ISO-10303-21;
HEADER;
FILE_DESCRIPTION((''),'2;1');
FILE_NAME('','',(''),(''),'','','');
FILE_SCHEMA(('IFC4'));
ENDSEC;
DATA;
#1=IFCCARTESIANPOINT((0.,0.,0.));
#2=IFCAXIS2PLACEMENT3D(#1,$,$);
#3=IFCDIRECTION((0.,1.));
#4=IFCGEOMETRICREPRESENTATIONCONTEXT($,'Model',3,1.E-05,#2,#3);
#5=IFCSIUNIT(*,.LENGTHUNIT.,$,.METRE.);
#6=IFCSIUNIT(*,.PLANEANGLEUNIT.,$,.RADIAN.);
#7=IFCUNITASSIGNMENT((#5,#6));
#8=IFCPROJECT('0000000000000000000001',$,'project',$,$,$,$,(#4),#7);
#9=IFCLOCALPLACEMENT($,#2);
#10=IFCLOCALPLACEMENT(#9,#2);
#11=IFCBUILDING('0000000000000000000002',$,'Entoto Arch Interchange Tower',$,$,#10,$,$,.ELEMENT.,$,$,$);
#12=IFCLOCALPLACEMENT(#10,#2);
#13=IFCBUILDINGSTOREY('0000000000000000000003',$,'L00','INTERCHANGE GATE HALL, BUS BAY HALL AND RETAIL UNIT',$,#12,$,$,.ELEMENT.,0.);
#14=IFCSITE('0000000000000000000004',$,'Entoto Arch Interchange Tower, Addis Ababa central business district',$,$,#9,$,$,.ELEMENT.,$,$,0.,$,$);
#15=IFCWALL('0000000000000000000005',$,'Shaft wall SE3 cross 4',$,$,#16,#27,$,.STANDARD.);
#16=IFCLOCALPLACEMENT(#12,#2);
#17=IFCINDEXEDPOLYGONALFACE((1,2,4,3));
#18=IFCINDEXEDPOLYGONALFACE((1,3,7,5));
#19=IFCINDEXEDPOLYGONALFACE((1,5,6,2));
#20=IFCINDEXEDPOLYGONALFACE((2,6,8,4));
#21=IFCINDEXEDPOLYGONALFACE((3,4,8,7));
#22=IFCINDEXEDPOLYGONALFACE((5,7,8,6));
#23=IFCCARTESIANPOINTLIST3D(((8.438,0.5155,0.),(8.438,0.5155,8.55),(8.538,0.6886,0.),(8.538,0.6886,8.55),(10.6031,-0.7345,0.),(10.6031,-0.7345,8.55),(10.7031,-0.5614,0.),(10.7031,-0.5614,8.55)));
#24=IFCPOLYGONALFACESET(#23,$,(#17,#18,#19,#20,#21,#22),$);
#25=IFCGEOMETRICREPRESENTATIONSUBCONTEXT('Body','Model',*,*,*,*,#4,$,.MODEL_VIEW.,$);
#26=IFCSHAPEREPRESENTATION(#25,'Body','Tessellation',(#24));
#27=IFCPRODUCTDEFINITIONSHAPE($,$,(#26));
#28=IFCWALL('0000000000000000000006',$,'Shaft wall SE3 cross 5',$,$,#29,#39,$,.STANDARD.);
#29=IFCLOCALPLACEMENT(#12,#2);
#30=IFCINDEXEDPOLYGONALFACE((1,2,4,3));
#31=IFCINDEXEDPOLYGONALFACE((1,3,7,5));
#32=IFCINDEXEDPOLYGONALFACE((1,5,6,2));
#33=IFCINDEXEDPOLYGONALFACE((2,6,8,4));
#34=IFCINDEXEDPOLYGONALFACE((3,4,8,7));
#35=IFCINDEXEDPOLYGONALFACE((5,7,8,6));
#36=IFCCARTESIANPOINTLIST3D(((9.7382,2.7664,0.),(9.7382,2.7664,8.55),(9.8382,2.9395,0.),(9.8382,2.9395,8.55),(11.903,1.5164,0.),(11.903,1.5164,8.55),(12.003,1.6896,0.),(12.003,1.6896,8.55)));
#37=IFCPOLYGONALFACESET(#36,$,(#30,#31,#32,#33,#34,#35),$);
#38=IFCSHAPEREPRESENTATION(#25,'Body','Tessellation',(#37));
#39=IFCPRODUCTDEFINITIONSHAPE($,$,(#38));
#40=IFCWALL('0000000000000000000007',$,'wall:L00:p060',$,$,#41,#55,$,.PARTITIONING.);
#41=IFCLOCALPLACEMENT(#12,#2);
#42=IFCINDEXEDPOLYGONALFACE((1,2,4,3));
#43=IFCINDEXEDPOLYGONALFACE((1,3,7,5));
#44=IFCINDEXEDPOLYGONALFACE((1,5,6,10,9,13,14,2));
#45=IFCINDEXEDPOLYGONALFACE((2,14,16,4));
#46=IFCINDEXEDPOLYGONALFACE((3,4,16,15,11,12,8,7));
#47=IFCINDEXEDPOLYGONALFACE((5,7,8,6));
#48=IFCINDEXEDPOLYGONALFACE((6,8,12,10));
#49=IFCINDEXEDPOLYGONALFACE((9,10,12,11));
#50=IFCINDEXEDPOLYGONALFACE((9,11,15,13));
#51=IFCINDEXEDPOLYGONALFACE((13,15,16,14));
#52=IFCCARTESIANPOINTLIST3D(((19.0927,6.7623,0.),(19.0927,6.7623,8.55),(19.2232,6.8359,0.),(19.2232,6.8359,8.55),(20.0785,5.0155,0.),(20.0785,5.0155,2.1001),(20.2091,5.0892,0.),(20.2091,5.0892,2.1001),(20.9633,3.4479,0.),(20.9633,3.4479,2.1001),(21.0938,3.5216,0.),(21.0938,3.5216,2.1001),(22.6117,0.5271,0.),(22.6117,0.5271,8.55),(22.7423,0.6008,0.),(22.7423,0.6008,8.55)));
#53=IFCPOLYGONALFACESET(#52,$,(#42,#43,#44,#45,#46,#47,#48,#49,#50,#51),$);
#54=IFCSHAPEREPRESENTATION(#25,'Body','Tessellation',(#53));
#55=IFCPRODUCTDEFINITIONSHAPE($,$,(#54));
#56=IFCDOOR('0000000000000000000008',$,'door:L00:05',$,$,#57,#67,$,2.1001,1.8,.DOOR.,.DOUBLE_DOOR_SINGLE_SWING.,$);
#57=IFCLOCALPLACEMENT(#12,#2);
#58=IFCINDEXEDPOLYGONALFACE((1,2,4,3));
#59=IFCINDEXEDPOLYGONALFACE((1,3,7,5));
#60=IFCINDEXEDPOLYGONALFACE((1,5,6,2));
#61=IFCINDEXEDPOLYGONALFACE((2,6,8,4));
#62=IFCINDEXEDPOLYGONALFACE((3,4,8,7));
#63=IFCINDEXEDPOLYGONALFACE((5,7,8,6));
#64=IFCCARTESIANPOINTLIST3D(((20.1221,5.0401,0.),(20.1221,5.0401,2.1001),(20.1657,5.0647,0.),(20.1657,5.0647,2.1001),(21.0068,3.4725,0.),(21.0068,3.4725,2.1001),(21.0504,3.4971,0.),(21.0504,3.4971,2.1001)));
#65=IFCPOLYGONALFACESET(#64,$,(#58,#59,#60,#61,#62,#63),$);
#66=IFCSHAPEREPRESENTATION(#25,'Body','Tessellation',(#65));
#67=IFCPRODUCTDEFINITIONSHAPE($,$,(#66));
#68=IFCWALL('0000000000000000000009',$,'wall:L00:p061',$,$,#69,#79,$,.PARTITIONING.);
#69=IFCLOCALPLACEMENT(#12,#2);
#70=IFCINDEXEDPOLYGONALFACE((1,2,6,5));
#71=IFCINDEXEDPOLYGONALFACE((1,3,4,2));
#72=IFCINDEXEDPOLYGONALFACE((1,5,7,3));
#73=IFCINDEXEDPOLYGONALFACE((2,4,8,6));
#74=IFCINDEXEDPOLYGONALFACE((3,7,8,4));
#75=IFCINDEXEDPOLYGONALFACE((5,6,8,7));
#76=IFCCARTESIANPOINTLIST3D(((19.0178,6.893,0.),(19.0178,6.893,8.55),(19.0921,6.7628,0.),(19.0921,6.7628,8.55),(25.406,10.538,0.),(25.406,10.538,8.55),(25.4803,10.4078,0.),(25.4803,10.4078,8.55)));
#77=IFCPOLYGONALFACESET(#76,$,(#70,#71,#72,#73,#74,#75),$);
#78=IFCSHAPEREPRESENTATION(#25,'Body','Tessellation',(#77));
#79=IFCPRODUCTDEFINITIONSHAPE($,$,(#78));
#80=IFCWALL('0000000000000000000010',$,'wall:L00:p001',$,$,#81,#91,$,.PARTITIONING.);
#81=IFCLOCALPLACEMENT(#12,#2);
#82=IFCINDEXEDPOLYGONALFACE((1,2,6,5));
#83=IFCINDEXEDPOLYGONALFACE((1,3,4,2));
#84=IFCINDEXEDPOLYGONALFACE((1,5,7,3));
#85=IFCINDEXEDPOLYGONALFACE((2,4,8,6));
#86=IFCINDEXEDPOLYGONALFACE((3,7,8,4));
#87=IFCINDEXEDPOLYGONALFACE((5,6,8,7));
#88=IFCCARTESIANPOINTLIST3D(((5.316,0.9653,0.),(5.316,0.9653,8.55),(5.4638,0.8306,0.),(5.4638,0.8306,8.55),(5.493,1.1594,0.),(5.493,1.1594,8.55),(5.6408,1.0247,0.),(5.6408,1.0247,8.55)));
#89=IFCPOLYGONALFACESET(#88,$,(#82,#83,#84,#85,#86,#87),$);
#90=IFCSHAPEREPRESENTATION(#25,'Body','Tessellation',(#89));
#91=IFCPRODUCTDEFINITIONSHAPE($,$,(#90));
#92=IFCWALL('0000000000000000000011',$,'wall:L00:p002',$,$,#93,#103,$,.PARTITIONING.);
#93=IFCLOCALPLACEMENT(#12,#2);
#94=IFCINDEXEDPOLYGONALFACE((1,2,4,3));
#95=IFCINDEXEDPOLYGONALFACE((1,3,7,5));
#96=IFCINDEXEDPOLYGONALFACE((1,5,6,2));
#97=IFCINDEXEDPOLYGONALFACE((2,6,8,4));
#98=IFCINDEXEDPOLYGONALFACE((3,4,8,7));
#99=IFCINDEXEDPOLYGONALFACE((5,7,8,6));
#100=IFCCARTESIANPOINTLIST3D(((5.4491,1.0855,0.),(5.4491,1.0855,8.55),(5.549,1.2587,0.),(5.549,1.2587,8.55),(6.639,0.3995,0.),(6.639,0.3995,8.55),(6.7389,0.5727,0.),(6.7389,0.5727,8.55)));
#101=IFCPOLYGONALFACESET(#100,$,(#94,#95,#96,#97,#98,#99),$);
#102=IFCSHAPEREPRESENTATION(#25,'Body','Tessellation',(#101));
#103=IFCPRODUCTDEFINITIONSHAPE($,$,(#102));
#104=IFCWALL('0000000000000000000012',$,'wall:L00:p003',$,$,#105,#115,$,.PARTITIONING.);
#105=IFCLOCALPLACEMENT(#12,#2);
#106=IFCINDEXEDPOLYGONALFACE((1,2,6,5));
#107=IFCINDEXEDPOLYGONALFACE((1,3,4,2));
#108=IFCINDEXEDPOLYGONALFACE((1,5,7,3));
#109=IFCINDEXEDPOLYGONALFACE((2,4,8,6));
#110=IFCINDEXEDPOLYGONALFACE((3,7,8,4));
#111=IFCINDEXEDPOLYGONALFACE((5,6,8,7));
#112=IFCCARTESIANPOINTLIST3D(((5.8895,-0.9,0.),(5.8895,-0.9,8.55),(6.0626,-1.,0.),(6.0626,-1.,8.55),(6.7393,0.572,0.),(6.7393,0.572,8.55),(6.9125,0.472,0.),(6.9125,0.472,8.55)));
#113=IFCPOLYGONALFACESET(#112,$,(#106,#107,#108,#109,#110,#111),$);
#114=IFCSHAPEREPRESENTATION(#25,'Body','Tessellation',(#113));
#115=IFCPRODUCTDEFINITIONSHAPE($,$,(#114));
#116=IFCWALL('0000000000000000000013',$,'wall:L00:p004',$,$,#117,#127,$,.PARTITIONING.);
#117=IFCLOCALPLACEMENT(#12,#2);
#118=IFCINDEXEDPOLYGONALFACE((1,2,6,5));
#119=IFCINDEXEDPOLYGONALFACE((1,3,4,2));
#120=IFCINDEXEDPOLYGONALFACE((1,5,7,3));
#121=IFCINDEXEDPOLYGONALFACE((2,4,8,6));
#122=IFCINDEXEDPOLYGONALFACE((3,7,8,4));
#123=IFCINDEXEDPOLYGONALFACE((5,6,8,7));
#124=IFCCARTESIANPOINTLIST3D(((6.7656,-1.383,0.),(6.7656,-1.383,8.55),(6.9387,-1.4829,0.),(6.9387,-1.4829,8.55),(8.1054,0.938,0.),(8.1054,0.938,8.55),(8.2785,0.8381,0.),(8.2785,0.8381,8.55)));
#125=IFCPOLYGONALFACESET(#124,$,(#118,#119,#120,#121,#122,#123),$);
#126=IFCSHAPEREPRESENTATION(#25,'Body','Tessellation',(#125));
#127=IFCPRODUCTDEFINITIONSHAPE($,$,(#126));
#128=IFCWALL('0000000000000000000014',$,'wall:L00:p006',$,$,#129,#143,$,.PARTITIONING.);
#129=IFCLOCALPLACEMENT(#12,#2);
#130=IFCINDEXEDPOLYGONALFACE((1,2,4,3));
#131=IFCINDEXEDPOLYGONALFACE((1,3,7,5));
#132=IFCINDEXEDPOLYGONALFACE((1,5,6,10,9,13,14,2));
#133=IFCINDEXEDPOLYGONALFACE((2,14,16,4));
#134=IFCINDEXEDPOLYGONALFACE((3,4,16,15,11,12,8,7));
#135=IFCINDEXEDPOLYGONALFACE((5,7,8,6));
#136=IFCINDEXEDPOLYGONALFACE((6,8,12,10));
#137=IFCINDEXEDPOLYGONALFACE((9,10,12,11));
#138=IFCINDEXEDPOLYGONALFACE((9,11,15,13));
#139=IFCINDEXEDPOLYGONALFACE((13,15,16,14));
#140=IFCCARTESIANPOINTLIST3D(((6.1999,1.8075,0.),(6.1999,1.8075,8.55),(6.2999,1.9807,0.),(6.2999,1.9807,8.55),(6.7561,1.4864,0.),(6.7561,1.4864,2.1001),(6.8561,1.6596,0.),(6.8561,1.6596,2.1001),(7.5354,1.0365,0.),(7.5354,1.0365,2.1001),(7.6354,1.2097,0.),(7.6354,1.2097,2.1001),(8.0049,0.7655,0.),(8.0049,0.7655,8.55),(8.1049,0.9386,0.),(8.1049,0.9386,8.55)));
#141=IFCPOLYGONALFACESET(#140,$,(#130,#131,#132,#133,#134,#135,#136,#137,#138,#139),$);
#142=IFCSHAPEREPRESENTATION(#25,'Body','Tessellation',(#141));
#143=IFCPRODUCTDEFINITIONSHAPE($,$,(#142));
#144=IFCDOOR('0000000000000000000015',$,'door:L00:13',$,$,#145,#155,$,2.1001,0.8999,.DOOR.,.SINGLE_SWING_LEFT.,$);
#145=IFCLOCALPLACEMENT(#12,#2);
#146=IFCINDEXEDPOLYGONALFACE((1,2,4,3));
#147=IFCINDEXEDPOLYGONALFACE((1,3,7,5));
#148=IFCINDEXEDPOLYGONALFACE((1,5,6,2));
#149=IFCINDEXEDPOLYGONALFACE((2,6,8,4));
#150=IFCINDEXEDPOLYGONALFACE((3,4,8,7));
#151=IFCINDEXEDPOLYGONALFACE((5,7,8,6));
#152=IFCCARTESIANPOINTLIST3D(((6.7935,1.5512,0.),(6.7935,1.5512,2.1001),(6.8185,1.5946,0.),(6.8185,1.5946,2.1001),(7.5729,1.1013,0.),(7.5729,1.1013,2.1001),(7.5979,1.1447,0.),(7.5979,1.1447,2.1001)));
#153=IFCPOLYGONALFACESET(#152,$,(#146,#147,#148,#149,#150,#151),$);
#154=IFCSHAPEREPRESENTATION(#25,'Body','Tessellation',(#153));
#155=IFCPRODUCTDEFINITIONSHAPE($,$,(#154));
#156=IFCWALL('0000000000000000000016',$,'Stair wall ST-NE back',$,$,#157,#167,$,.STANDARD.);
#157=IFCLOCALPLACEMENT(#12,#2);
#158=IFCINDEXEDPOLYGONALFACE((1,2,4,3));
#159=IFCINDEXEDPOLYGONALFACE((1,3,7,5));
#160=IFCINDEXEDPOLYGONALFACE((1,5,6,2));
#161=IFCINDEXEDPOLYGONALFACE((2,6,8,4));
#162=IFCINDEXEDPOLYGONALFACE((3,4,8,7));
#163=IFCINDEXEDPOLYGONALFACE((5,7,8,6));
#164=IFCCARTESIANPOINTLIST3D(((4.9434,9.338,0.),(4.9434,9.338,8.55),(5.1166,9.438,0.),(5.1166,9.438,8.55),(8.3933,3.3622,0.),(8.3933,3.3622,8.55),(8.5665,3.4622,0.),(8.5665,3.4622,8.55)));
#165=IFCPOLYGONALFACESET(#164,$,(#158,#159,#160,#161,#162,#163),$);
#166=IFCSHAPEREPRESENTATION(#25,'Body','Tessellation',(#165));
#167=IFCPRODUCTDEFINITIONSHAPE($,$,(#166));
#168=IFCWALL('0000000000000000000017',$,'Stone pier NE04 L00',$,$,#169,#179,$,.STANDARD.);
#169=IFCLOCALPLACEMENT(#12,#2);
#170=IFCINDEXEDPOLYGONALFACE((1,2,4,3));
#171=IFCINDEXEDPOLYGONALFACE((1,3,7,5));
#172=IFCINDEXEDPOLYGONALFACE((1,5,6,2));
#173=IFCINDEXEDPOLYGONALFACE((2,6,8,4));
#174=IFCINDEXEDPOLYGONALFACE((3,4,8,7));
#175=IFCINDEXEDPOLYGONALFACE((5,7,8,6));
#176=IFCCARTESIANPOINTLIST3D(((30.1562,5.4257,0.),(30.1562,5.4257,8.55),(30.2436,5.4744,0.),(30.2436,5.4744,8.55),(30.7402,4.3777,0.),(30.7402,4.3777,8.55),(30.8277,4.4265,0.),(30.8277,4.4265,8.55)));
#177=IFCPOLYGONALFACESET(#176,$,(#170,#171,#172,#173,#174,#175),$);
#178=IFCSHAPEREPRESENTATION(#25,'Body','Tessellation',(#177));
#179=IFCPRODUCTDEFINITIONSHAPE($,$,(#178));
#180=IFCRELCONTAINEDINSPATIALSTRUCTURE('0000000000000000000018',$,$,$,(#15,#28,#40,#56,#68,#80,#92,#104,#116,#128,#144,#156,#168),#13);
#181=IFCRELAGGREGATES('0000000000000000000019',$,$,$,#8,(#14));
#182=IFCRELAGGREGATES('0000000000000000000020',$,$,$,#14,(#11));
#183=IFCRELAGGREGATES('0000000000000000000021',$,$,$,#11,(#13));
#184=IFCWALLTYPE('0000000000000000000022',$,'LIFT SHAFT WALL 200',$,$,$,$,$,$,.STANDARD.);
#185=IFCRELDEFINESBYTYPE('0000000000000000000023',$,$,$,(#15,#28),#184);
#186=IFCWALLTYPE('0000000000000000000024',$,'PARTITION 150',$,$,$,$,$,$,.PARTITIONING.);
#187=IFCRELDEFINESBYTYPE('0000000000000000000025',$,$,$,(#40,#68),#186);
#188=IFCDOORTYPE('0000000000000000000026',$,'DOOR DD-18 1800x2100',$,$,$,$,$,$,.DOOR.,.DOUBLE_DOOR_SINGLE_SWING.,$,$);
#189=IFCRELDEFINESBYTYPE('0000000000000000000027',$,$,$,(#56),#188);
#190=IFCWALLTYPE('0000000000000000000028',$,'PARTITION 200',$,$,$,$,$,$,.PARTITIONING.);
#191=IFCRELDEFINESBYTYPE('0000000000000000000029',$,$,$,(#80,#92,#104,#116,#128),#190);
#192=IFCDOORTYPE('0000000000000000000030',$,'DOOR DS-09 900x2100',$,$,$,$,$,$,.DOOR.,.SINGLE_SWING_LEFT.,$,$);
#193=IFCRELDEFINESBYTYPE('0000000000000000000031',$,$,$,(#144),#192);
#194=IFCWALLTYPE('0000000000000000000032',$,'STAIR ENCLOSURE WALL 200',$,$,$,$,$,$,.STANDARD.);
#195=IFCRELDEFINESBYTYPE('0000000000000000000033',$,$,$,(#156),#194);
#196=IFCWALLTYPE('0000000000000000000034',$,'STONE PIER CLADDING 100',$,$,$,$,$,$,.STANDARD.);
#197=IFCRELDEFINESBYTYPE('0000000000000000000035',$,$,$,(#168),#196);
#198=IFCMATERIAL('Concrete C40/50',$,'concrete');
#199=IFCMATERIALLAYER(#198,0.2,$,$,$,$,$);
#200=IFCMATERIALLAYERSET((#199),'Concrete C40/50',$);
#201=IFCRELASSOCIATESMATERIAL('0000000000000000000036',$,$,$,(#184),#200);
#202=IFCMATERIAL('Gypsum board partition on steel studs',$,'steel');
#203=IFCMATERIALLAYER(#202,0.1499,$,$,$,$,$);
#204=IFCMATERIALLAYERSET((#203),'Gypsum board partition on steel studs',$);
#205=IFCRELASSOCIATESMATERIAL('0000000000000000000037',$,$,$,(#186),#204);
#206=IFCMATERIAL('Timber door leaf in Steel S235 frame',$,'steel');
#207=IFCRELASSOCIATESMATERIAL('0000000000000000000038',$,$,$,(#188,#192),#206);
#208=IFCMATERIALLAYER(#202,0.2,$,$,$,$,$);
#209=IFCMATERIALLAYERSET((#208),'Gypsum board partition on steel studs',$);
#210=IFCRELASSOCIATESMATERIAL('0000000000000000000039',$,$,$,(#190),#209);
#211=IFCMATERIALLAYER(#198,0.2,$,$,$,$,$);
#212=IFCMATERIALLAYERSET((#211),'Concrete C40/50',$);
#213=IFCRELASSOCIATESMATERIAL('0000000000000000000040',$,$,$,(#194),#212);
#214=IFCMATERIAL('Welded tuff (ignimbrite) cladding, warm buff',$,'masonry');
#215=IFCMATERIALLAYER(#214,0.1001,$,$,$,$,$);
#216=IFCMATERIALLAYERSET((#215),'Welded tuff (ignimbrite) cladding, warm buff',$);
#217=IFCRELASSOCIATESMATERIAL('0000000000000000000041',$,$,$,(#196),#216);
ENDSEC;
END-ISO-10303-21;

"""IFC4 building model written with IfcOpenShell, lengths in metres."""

from ifc_helpers import new_model, si_unit, direction, frame, frame_2d, origin, place, context, subcontext, project, spatial, rectangle, extrude, material, layer, layer_set, type_object, element, fill, save


model = new_model("IFC4")

# Units and contexts
model_context = context("Model", 3, precision=1e-05, world=origin(), true_north=direction((0.0, 1.0)))
body_context = subcontext(model_context, "Body", "Model", "MODEL_VIEW")
ifc_project = project(units=[si_unit("LENGTHUNIT", "METRE"), si_unit("PLANEANGLEUNIT", "RADIAN")], contexts=[model_context])

# Site, building, storey
site_placement = place(None, origin())
site = spatial("IfcSite", under=ifc_project, at=site_placement, Name="Entoto Arch Interchange Tower, Addis Ababa central business district", CompositionType="ELEMENT", RefElevation=0.0)
building_placement = place(site_placement, origin())
building = spatial("IfcBuilding", under=site, at=building_placement, Name="Entoto Arch Interchange Tower", CompositionType="ELEMENT")
storey_placement = place(building_placement, origin())
storey = spatial("IfcBuildingStorey", under=building, at=storey_placement, Name="L00", Description="INTERCHANGE GATE HALL, BUS BAY HALL AND RETAIL UNIT", CompositionType="ELEMENT", Elevation=0.0)

# Walls
ifc_material_1 = material(Name="Concrete C40/50", Category="concrete")
ifc_layer_1 = layer(ifc_material_1, 0.2)
ifc_layer_set_1 = layer_set([ifc_layer_1], Name="Concrete C40/50")
wall_type_1 = type_object("IfcWallType", Name="LIFT SHAFT WALL 200", PredefinedType="STANDARD", material=ifc_layer_set_1)
wall_1_placement = place(storey_placement, frame((8.488, 0.6021, 0.0), z_axis=(0.0, 0.0, 1.0), x_axis=(0.866023, -0.500004, 0.0)))
element("IfcWall", 1, at=wall_1_placement, inside=storey, type_object=wall_type_1, Name="Shaft wall SE3 cross 4", PredefinedType="STANDARD", context=body_context, shape_type="SweptSolid", body=[
    extrude(rectangle(XDim=2.5, YDim=0.2, at=frame_2d((1.25, 0.0))), origin(), (0.0, 0.0, 1.0), 8.55),
])
wall_2_placement = place(storey_placement, frame((9.7881, 2.853, 0.0), z_axis=(0.0, 0.0, 1.0), x_axis=(0.865999, -0.500047, 0.0)))
element("IfcWall", 2, at=wall_2_placement, inside=storey, type_object=wall_type_1, Name="Shaft wall SE3 cross 5", PredefinedType="STANDARD", context=body_context, shape_type="SweptSolid", body=[
    extrude(rectangle(XDim=2.4998, YDim=0.2, at=frame_2d((1.25, 0.0))), origin(), (0.0, 0.0, 1.0), 8.55),
])

# Wall, opening, door
ifc_material_2 = material(Name="Gypsum board partition on steel studs", Category="steel")
ifc_layer_2 = layer(ifc_material_2, 0.1499)
ifc_layer_set_2 = layer_set([ifc_layer_2], Name="Gypsum board partition on steel studs")
wall_type_2 = type_object("IfcWallType", Name="PARTITION 150", PredefinedType="PARTITIONING", material=ifc_layer_set_2)
wall_3_placement = place(storey_placement, frame((22.677, 0.564, 0.0), z_axis=(0.0, 0.0, 1.0), x_axis=(-0.491512, 0.870871, 0.0)))
wall_3 = element("IfcWall", 3, at=wall_3_placement, inside=storey, type_object=wall_type_2, Name="wall:L00:p060", PredefinedType="PARTITIONING", context=body_context, shape_type="SweptSolid", body=[
    extrude(rectangle(XDim=7.1597, YDim=0.1499, at=frame_2d((3.5798, 0.0))), origin(), (0.0, 0.0, 1.0), 8.55),
])
opening_1_placement = place(wall_3_placement, frame((3.354, 0.0, 0.0)))
opening_1 = element("IfcOpeningElement", 4, at=opening_1_placement, cuts=wall_3, PredefinedType="OPENING", context=body_context, shape_type="SweptSolid", body=[
    extrude(rectangle(XDim=1.8, YDim=2.1001, at=frame_2d((0.8999, 1.05))), frame((0.0, 0.085, 0.0), z_axis=(0.0, -1.0, 0.0), x_axis=(1.0, 0.0, 0.0)), (0.0, 0.0, 1.0), 0.1699),
])
ifc_material_3 = material(Name="Timber door leaf in Steel S235 frame", Category="steel")
door_type_1 = type_object("IfcDoorType", Name="DOOR DD-18 1800x2100", OperationType="DOUBLE_DOOR_SINGLE_SWING", PredefinedType="DOOR", material=ifc_material_3)
door_1_placement = place(opening_1_placement, origin())
door_1 = element("IfcDoor", 5, at=door_1_placement, inside=storey, type_object=door_type_1, Name="door:L00:05", OperationType="DOUBLE_DOOR_SINGLE_SWING", OverallHeight=2.1001, OverallWidth=1.8, PredefinedType="DOOR", context=body_context, shape_type="SweptSolid", body=[
    extrude(rectangle(XDim=1.8, YDim=2.1001, at=frame_2d((0.8999, 1.05))), frame((0.0, 0.0249, 0.0), z_axis=(0.0, -1.0, 0.0), x_axis=(1.0, 0.0, 0.0)), (0.0, 0.0, 1.0), 0.05),
])
fill(opening_1, door_1)

# Walls
wall_4_placement = place(storey_placement, frame((19.0549, 6.8279, 0.0), z_axis=(0.0, 0.0, 1.0), x_axis=(0.868558, 0.495588, 0.0)))
element("IfcWall", 6, at=wall_4_placement, inside=storey, type_object=wall_type_2, Name="wall:L00:p061", PredefinedType="PARTITIONING", context=body_context, shape_type="SweptSolid", body=[
    extrude(rectangle(XDim=7.355, YDim=0.1499, at=frame_2d((3.6775, 0.0))), origin(), (0.0, 0.0, 1.0), 8.55),
])
ifc_layer_3 = layer(ifc_material_2, 0.2)
ifc_layer_set_3 = layer_set([ifc_layer_3], Name="Gypsum board partition on steel studs")
wall_type_3 = type_object("IfcWallType", Name="PARTITION 200", PredefinedType="PARTITIONING", material=ifc_layer_set_3)
wall_5_placement = place(storey_placement, frame((5.3899, 0.8979, 0.0), z_axis=(0.0, 0.0, 1.0), x_axis=(0.673828, 0.738888, 0.0)))
element("IfcWall", 7, at=wall_5_placement, inside=storey, type_object=wall_type_3, Name="wall:L00:p001", PredefinedType="PARTITIONING", context=body_context, shape_type="SweptSolid", body=[
    extrude(rectangle(XDim=0.2627, YDim=0.2, at=frame_2d((0.1313, 0.0))), origin(), (0.0, 0.0, 1.0), 8.55),
])
wall_6_placement = place(storey_placement, frame((5.499, 1.1721, 0.0), z_axis=(0.0, 0.0, 1.0), x_axis=(0.866334, -0.499466, 0.0)))
element("IfcWall", 8, at=wall_6_placement, inside=storey, type_object=wall_type_3, Name="wall:L00:p002", PredefinedType="PARTITIONING", context=body_context, shape_type="SweptSolid", body=[
    extrude(rectangle(XDim=1.3735, YDim=0.2, at=frame_2d((0.6868, 0.0))), origin(), (0.0, 0.0, 1.0), 8.55),
])
wall_7_placement = place(storey_placement, frame((6.8259, 0.522, 0.0), z_axis=(0.0, 0.0, 1.0), x_axis=(-0.500017, -0.866016, 0.0)))
element("IfcWall", 9, at=wall_7_placement, inside=storey, type_object=wall_type_3, Name="wall:L00:p003", PredefinedType="PARTITIONING", context=body_context, shape_type="SweptSolid", body=[
    extrude(rectangle(XDim=1.6997, YDim=0.2, at=frame_2d((0.8499, 0.0))), origin(), (0.0, 0.0, 1.0), 8.55),
])
wall_8_placement = place(storey_placement, frame((8.1919, 0.8879, 0.0), z_axis=(0.0, 0.0, 1.0), x_axis=(-0.499941, -0.86606, 0.0)))
element("IfcWall", 10, at=wall_8_placement, inside=storey, type_object=wall_type_3, Name="wall:L00:p004", PredefinedType="PARTITIONING", context=body_context, shape_type="SweptSolid", body=[
    extrude(rectangle(XDim=2.6799, YDim=0.2, at=frame_2d((1.3398, 0.0))), origin(), (0.0, 0.0, 1.0), 8.55),
])

# Wall, opening, door
wall_9_placement = place(storey_placement, frame((6.25, 1.894, 0.0), z_axis=(0.0, 0.0, 1.0), x_axis=(0.866043, -0.499969, 0.0)))
wall_9 = element("IfcWall", 11, at=wall_9_placement, inside=storey, type_object=wall_type_3, Name="wall:L00:p006", PredefinedType="PARTITIONING", context=body_context, shape_type="SweptSolid", body=[
    extrude(rectangle(XDim=2.0842, YDim=0.2, at=frame_2d((1.042, 0.0))), origin(), (0.0, 0.0, 1.0), 8.55),
])
opening_2_placement = place(wall_9_placement, frame((0.6421, 0.0, 0.0)))
opening_2 = element("IfcOpeningElement", 12, at=opening_2_placement, cuts=wall_9, PredefinedType="OPENING", context=body_context, shape_type="SweptSolid", body=[
    extrude(rectangle(XDim=0.8999, YDim=2.1001, at=frame_2d((0.45, 1.05))), frame((0.0, 0.1099, 0.0), z_axis=(0.0, -1.0, 0.0), x_axis=(1.0, 0.0, 0.0)), (0.0, 0.0, 1.0), 0.22),
])
door_type_2 = type_object("IfcDoorType", Name="DOOR DS-09 900x2100", OperationType="SINGLE_SWING_LEFT", PredefinedType="DOOR", material=ifc_material_3)
door_2_placement = place(opening_2_placement, origin())
door_2 = element("IfcDoor", 13, at=door_2_placement, inside=storey, type_object=door_type_2, Name="door:L00:13", OperationType="SINGLE_SWING_LEFT", OverallHeight=2.1001, OverallWidth=0.8999, PredefinedType="DOOR", context=body_context, shape_type="SweptSolid", body=[
    extrude(rectangle(XDim=0.8999, YDim=2.1001, at=frame_2d((0.45, 1.05))), frame((0.0, 0.0249, 0.0), z_axis=(0.0, -1.0, 0.0), x_axis=(1.0, 0.0, 0.0)), (0.0, 0.0, 1.0), 0.05),
])
fill(opening_2, door_2)

# Wall
ifc_layer_4 = layer(ifc_material_1, 0.2)
ifc_layer_set_4 = layer_set([ifc_layer_4], Name="Concrete C40/50")
wall_type_4 = type_object("IfcWallType", Name="STAIR ENCLOSURE WALL 200", PredefinedType="STANDARD", material=ifc_layer_set_4)
wall_10_placement = place(storey_placement, frame((8.48, 3.4121, 0.0), z_axis=(0.0, 0.0, 1.0), x_axis=(-0.499979, 0.866038, 0.0)))
element("IfcWall", 14, at=wall_10_placement, inside=storey, type_object=wall_type_4, Name="Stair wall ST-NE back", PredefinedType="STANDARD", context=body_context, shape_type="SweptSolid", body=[
    extrude(rectangle(XDim=6.9001, YDim=0.2, at=frame_2d((3.4502, 0.0))), origin(), (0.0, 0.0, 1.0), 8.55),
])

# Shared definitions
ifc_material_4 = material(Name="Welded tuff (ignimbrite) cladding, warm buff", Category="masonry")

# Wall
ifc_layer_5 = layer(ifc_material_4, 0.1001)
ifc_layer_set_5 = layer_set([ifc_layer_5], Name="Welded tuff (ignimbrite) cladding, warm buff")
wall_type_5 = type_object("IfcWallType", Name="STONE PIER CLADDING 100", PredefinedType="STANDARD", material=ifc_layer_set_5)
wall_11_placement = place(storey_placement, frame((30.7839, 4.4021, 0.0), z_axis=(0.0, 0.0, 1.0), x_axis=(-0.486818, 0.873504, 0.0)))
element("IfcWall", 15, at=wall_11_placement, inside=storey, type_object=wall_type_5, Name="Stone pier NE04 L00", PredefinedType="STANDARD", context=body_context, shape_type="SweptSolid", body=[
    extrude(rectangle(XDim=1.1997, YDim=0.1001, at=frame_2d((0.5999, 0.0))), origin(), (0.0, 0.0, 1.0), 8.55),
])

save(model, "model.ifc")
